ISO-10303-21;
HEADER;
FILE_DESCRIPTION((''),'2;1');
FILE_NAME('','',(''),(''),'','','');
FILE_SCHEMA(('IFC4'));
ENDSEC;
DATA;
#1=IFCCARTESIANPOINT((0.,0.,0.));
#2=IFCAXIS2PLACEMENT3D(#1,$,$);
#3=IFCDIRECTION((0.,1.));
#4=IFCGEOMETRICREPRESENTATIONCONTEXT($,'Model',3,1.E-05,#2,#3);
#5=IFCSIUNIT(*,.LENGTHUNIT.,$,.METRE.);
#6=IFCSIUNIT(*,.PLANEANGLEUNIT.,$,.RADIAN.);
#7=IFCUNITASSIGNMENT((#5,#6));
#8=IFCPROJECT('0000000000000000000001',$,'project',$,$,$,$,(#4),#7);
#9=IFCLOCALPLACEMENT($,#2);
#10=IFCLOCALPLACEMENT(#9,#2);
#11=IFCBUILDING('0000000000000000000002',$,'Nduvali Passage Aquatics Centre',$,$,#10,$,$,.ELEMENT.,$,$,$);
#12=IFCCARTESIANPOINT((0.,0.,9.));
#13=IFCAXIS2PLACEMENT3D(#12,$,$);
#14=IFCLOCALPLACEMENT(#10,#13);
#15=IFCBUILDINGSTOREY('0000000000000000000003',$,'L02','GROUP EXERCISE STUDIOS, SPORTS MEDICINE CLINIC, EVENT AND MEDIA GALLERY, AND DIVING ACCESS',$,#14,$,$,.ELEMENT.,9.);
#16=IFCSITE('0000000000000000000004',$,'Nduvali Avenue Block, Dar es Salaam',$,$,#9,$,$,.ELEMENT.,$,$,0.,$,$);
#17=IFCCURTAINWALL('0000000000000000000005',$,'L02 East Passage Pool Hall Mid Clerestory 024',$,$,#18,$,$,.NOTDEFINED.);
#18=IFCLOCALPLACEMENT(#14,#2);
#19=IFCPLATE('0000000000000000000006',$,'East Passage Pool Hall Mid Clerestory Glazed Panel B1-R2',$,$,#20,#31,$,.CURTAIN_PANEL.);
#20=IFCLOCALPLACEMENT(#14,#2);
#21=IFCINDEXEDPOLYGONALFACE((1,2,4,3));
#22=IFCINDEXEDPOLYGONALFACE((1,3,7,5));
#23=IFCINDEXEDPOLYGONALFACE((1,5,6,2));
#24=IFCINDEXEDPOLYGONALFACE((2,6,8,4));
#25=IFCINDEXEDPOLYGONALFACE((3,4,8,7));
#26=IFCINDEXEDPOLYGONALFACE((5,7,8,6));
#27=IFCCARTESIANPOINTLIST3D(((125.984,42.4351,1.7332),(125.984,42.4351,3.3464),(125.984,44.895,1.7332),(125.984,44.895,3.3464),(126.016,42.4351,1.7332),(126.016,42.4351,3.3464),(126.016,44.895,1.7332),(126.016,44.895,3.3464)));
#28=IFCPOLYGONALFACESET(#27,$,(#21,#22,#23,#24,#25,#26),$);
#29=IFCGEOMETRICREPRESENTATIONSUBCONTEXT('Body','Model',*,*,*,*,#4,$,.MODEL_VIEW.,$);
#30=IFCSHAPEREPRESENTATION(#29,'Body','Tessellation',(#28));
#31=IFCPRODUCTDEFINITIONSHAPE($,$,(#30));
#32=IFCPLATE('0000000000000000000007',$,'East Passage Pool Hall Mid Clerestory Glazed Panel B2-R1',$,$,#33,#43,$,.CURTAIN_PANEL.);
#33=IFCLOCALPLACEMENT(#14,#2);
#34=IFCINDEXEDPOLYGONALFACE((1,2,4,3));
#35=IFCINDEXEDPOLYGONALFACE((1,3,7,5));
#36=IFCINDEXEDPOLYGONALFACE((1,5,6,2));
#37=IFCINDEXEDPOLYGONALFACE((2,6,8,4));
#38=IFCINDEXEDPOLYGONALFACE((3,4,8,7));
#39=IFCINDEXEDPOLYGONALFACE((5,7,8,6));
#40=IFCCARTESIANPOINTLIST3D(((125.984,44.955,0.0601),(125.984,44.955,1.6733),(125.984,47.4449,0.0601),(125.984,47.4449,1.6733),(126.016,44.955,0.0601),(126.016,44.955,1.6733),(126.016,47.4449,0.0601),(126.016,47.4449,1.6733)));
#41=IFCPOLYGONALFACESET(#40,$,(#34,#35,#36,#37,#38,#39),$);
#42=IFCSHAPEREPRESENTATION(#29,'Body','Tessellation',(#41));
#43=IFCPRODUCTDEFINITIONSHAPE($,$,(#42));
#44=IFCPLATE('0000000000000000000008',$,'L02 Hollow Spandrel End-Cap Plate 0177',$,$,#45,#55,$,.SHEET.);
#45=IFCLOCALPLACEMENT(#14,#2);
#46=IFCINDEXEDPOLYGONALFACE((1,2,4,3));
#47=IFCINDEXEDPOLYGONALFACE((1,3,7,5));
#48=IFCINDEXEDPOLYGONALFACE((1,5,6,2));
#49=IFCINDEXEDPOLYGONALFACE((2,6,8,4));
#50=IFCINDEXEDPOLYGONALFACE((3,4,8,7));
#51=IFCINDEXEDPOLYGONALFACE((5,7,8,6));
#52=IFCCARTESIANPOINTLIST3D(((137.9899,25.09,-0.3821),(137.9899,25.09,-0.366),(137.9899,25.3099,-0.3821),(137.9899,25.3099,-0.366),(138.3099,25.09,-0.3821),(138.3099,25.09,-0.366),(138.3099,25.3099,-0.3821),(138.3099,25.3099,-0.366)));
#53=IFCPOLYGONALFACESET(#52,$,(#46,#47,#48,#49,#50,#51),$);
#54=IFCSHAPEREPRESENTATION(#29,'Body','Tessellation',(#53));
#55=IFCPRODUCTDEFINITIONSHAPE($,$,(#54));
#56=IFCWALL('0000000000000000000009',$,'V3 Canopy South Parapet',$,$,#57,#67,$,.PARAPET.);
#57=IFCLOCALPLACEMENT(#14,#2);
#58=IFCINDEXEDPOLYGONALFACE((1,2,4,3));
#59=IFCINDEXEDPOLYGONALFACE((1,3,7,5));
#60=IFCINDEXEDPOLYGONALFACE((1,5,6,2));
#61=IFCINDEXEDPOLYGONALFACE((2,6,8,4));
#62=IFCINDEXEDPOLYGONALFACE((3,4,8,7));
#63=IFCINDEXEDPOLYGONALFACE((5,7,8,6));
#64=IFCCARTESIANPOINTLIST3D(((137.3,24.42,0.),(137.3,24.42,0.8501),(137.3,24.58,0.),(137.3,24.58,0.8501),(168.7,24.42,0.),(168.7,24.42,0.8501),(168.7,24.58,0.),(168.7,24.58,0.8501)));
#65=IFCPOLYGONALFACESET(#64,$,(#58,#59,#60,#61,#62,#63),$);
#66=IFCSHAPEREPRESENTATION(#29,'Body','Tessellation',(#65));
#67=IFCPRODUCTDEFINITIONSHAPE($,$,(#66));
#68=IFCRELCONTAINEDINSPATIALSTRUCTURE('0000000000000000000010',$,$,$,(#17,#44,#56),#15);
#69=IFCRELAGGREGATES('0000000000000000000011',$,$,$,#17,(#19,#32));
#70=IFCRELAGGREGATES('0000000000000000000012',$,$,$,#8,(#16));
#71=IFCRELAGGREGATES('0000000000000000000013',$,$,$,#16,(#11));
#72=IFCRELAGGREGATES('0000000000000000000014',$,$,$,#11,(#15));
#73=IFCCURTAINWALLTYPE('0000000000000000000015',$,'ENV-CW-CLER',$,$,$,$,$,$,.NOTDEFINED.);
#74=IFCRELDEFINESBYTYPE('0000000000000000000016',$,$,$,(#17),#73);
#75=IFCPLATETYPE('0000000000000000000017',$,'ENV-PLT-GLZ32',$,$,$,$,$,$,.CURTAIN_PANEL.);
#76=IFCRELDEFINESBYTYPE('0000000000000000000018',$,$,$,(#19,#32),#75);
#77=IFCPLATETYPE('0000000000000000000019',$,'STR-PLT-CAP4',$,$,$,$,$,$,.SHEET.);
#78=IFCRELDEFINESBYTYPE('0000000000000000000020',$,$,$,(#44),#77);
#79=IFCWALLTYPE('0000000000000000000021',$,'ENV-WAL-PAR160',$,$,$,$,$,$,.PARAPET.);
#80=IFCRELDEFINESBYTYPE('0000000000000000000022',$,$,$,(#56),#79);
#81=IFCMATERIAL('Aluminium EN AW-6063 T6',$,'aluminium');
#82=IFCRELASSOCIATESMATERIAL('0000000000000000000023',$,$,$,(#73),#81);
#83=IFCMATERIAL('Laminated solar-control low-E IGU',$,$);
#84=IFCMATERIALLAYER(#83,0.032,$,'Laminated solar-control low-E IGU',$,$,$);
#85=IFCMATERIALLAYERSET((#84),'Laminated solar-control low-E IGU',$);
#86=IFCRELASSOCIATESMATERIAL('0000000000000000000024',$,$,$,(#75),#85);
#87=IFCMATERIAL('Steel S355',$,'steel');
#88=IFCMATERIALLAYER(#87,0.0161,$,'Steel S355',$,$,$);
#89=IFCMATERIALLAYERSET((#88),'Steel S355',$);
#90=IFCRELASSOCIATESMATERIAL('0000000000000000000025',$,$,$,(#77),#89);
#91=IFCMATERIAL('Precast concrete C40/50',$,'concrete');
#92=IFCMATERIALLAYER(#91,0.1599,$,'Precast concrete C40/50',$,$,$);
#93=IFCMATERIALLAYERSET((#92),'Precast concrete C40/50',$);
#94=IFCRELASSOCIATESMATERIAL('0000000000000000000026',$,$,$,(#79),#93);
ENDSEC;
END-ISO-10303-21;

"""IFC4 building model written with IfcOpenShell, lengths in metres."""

from ifc_helpers import new_model, si_unit, direction, frame, frame_2d, origin, origin_2d, place, context, subcontext, project, spatial, rectangle, extrude, material, layer, layer_set, type_object, element, aggregate, save


model = new_model("IFC4")

# Units and contexts
model_context = context("Model", 3, precision=1e-05, world=origin(), true_north=direction((0.0, 1.0)))
body_context = subcontext(model_context, "Body", "Model", "MODEL_VIEW")
ifc_project = project(units=[si_unit("LENGTHUNIT", "METRE"), si_unit("PLANEANGLEUNIT", "RADIAN")], contexts=[model_context])

# Site, building, storey
site_placement = place(None, origin())
site = spatial("IfcSite", under=ifc_project, at=site_placement, Name="Nduvali Avenue Block, Dar es Salaam", CompositionType="ELEMENT", RefElevation=0.0)
building_placement = place(site_placement, origin())
building = spatial("IfcBuilding", under=site, at=building_placement, Name="Nduvali Passage Aquatics Centre", CompositionType="ELEMENT")
storey_placement = place(building_placement, frame((0.0, 0.0, 9.0)))
storey = spatial("IfcBuildingStorey", under=building, at=storey_placement, Name="L02", Description="GROUP EXERCISE STUDIOS, SPORTS MEDICINE CLINIC, EVENT AND MEDIA GALLERY, AND DIVING ACCESS", CompositionType="ELEMENT", Elevation=9.0)

# Shared definitions
ifc_material_1 = material(Name="Aluminium EN AW-6063 T6", Category="aluminium")
curtain_wall_type = type_object("IfcCurtainWallType", Name="ENV-CW-CLER", PredefinedType="NOTDEFINED", material=ifc_material_1)

# Curtain wall
curtain_wall_1_placement = place(storey_placement, origin())
curtain_wall_1 = element("IfcCurtainWall", 1, at=curtain_wall_1_placement, inside=storey, type_object=curtain_wall_type, Name="L02 East Passage Pool Hall Mid Clerestory 024", PredefinedType="NOTDEFINED")

# Shared definitions
ifc_material_2 = material(Name="Steel S355", Category="steel")

# Plates
ifc_material_3 = material(Name="Laminated solar-control low-E IGU")
ifc_layer_1 = layer(ifc_material_3, 0.032, Name="Laminated solar-control low-E IGU")
ifc_layer_set_1 = layer_set([ifc_layer_1], Name="Laminated solar-control low-E IGU")
plate_type_1 = type_object("IfcPlateType", Name="ENV-PLT-GLZ32", PredefinedType="CURTAIN_PANEL", material=ifc_layer_set_1)
plate_1_placement = place(storey_placement, frame((126.0, 43.665, 1.7332), z_axis=(0.0, 0.0, 1.0), x_axis=(0.0, 1.0, 0.0)))
plate_1 = element("IfcPlate", 2, at=plate_1_placement, type_object=plate_type_1, Name="East Passage Pool Hall Mid Clerestory Glazed Panel B1-R2", PredefinedType="CURTAIN_PANEL", context=body_context, shape_type="SweptSolid", body=[
    extrude(rectangle(XDim=2.46, YDim=0.032, at=origin_2d()), origin(), (0.0, 0.0, 1.0), 1.6133),
])
plate_2_placement = place(storey_placement, frame((126.0, 46.2, 0.0601), z_axis=(0.0, 0.0, 1.0), x_axis=(0.0, 1.0, 0.0)))
plate_2 = element("IfcPlate", 3, at=plate_2_placement, type_object=plate_type_1, Name="East Passage Pool Hall Mid Clerestory Glazed Panel B2-R1", PredefinedType="CURTAIN_PANEL", context=body_context, shape_type="SweptSolid", body=[
    extrude(rectangle(XDim=2.49, YDim=0.032, at=origin_2d()), origin(), (0.0, 0.0, 1.0), 1.6133),
])
aggregate(curtain_wall_1, [plate_1, plate_2])
ifc_layer_2 = layer(ifc_material_2, 0.0161, Name="Steel S355")
ifc_layer_set_2 = layer_set([ifc_layer_2], Name="Steel S355")
plate_type_2 = type_object("IfcPlateType", Name="STR-PLT-CAP4", PredefinedType="SHEET", material=ifc_layer_set_2)
plate_3_placement = place(storey_placement, frame((138.1499, 25.2, -0.3821), z_axis=(0.0, 0.0, 1.0), x_axis=(1.0, 0.0, 0.0)))
element("IfcPlate", 4, at=plate_3_placement, inside=storey, type_object=plate_type_2, Name="L02 Hollow Spandrel End-Cap Plate 0177", PredefinedType="SHEET", context=body_context, shape_type="SweptSolid", body=[
    extrude(rectangle(XDim=0.3201, YDim=0.22, at=origin_2d()), origin(), (0.0, 0.0, 1.0), 0.0161),
])

# Wall
ifc_material_4 = material(Name="Precast concrete C40/50", Category="concrete")
ifc_layer_3 = layer(ifc_material_4, 0.1599, Name="Precast concrete C40/50")
ifc_layer_set_3 = layer_set([ifc_layer_3], Name="Precast concrete C40/50")
wall_type = type_object("IfcWallType", Name="ENV-WAL-PAR160", PredefinedType="PARAPET", material=ifc_layer_set_3)
wall_placement = place(storey_placement, frame((137.3, 24.5, 0.0), z_axis=(0.0, 0.0, 1.0), x_axis=(1.0, 0.0, 0.0)))
element("IfcWall", 5, at=wall_placement, inside=storey, type_object=wall_type, Name="V3 Canopy South Parapet", PredefinedType="PARAPET", context=body_context, shape_type="SweptSolid", body=[
    extrude(rectangle(XDim=31.3999, YDim=0.1599, at=frame_2d((15.7, 0.0))), origin(), (0.0, 0.0, 1.0), 0.8501),
])

save(model, "model.ifc")
